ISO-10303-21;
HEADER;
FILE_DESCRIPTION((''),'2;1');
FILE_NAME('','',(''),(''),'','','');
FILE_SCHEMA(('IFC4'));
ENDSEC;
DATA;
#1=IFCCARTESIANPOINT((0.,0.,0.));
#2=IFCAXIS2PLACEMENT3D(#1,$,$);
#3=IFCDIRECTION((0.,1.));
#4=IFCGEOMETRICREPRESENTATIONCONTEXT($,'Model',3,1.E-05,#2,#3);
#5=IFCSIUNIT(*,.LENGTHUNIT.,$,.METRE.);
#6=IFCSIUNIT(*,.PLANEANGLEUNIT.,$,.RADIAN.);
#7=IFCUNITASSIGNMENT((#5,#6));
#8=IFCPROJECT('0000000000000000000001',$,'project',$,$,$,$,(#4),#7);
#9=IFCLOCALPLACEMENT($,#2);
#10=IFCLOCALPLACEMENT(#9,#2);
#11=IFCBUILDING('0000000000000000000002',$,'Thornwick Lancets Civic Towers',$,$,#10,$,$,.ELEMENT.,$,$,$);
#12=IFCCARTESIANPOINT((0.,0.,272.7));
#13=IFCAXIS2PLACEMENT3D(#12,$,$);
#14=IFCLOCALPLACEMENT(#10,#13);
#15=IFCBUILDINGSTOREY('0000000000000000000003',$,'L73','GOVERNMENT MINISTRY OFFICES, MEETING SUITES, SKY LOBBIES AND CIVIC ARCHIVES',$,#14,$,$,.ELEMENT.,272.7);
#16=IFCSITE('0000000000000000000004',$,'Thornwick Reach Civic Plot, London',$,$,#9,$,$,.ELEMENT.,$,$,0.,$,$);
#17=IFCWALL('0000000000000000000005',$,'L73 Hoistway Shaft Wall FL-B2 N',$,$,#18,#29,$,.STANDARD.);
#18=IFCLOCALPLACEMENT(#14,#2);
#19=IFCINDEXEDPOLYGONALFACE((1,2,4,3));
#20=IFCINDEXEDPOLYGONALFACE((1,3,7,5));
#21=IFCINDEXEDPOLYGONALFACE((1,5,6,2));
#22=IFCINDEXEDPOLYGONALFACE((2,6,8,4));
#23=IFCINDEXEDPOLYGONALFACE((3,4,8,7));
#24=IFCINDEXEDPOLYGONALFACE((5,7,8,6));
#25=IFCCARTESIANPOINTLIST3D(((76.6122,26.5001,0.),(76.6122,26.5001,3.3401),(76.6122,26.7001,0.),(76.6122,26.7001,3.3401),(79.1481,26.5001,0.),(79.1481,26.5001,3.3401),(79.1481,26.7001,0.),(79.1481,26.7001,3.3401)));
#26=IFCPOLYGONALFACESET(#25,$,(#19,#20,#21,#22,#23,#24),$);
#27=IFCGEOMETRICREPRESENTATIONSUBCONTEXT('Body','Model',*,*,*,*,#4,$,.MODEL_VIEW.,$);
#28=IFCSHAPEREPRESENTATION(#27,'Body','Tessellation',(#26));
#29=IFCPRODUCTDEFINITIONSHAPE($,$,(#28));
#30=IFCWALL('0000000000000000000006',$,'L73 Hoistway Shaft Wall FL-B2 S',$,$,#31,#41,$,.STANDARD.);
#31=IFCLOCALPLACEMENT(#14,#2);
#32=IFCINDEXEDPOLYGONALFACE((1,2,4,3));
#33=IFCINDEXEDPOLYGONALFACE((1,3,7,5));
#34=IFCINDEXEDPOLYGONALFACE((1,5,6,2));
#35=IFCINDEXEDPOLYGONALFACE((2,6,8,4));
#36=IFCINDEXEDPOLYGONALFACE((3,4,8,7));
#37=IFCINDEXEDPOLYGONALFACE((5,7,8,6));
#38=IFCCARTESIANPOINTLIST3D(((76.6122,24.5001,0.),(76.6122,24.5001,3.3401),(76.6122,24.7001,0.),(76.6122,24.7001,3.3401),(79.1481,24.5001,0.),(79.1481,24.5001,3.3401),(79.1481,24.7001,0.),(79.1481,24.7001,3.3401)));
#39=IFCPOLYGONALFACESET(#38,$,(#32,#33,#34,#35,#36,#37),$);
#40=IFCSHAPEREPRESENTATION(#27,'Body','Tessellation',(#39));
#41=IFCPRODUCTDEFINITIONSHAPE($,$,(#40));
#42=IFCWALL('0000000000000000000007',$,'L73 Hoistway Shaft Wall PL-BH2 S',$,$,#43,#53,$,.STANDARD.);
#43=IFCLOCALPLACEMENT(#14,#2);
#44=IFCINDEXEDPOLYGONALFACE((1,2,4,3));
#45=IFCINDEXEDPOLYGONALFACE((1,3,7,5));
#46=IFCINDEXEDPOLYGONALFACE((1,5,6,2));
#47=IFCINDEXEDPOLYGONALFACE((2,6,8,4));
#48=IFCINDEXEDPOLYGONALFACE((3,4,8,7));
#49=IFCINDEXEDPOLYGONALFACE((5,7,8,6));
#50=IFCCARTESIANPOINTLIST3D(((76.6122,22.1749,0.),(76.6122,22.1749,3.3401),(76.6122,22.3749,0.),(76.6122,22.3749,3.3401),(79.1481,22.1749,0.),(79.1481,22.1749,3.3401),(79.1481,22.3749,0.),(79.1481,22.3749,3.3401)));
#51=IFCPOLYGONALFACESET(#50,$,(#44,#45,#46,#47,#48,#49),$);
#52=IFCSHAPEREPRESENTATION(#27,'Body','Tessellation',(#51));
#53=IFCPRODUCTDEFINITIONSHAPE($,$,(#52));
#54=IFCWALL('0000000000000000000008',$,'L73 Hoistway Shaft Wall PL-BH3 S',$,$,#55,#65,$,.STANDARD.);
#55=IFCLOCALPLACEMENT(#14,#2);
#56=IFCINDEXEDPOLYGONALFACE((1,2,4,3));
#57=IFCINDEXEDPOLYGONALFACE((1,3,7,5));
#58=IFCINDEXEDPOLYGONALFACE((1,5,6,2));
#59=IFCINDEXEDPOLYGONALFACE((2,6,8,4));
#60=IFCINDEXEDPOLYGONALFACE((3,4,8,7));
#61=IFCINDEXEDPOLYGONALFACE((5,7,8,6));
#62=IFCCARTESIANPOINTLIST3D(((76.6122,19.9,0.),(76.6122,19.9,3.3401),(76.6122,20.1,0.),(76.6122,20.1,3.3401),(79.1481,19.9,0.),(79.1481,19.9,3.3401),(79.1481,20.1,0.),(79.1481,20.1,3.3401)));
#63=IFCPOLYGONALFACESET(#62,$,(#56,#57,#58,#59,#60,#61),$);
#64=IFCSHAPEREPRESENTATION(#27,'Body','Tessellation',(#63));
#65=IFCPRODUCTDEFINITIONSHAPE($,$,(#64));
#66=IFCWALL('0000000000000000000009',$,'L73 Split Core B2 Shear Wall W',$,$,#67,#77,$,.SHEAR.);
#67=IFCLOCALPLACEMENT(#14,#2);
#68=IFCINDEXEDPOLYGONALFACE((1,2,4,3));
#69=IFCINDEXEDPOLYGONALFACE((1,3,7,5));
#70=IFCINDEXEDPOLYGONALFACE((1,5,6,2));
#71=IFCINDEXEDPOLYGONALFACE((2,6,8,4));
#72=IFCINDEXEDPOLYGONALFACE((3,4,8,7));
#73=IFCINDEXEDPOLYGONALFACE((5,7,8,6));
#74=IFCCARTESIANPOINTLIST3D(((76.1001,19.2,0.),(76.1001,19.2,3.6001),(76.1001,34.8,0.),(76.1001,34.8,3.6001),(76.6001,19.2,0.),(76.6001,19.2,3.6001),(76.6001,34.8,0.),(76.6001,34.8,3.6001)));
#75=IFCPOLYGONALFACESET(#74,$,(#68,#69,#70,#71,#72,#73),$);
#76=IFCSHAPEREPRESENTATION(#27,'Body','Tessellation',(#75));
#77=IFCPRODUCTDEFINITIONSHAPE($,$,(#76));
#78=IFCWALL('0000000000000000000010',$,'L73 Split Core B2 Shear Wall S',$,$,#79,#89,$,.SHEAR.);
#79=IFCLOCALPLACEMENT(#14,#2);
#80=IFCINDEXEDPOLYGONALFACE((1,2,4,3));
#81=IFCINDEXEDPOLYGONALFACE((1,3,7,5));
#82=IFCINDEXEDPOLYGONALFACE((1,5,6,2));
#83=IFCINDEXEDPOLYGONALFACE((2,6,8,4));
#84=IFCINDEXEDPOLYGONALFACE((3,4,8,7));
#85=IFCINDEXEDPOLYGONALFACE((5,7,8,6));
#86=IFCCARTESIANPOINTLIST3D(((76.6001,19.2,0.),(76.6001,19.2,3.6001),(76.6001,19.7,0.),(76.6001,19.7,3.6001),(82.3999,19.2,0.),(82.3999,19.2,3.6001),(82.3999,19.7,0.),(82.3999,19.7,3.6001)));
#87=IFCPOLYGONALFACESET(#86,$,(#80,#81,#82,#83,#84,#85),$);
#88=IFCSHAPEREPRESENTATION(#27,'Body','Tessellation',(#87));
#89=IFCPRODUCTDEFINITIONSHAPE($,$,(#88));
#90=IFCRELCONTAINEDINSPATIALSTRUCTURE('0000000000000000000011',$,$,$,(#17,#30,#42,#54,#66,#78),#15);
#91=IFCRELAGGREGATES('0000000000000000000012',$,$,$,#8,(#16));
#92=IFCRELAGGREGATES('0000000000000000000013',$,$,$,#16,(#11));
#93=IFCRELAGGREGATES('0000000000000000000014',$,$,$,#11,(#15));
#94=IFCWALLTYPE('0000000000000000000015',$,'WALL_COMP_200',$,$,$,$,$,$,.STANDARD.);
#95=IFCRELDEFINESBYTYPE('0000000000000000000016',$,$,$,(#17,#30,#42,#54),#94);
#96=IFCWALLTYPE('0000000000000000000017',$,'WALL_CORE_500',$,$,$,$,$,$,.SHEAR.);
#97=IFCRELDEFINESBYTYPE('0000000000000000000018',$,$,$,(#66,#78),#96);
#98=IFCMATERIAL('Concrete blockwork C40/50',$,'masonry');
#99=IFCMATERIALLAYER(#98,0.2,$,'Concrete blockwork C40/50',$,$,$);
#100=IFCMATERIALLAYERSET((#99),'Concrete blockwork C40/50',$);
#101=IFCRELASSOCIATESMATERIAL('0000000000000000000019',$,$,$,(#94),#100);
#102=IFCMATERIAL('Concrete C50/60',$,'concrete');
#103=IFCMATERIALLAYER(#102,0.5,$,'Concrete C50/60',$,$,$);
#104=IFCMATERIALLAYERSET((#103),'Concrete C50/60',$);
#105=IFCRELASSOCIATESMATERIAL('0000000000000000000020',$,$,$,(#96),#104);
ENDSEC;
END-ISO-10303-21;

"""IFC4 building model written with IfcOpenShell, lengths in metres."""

from ifc_helpers import new_model, si_unit, direction, frame, frame_2d, origin, place, context, subcontext, project, spatial, rectangle, extrude, material, layer, layer_set, type_object, element, save


model = new_model("IFC4")

# Units and contexts
model_context = context("Model", 3, precision=1e-05, world=origin(), true_north=direction((0.0, 1.0)))
body_context = subcontext(model_context, "Body", "Model", "MODEL_VIEW")
ifc_project = project(units=[si_unit("LENGTHUNIT", "METRE"), si_unit("PLANEANGLEUNIT", "RADIAN")], contexts=[model_context])

# Site, building, storey
site_placement = place(None, origin())
site = spatial("IfcSite", under=ifc_project, at=site_placement, Name="Thornwick Reach Civic Plot, London", CompositionType="ELEMENT", RefElevation=0.0)
building_placement = place(site_placement, origin())
building = spatial("IfcBuilding", under=site, at=building_placement, Name="Thornwick Lancets Civic Towers", CompositionType="ELEMENT")
storey_placement = place(building_placement, frame((0.0, 0.0, 272.7)))
storey = spatial("IfcBuildingStorey", under=building, at=storey_placement, Name="L73", Description="GOVERNMENT MINISTRY OFFICES, MEETING SUITES, SKY LOBBIES AND CIVIC ARCHIVES", CompositionType="ELEMENT", Elevation=272.7)

# Shared definitions
ifc_material_1 = material(Name="Concrete C50/60", Category="concrete")

# Shared definitions
ifc_material_2 = material(Name="Concrete blockwork C40/50", Category="masonry")
ifc_layer_1 = layer(ifc_material_2, 0.2, Name="Concrete blockwork C40/50")
ifc_layer_set_1 = layer_set([ifc_layer_1], Name="Concrete blockwork C40/50")
wall_type_1 = type_object("IfcWallType", Name="WALL_COMP_200", PredefinedType="STANDARD", material=ifc_layer_set_1)

# Walls
for number, where, z_axis, x_axis, name in (
    (1, (76.6121, 26.6001, 0.0), (0.0, 0.0, 1.0), (1.0, 0.0, 0.0), "L73 Hoistway Shaft Wall FL-B2 N"),
    (2, (76.6121, 24.6001, 0.0), (0.0, 0.0, 1.0), (1.0, 0.0, 0.0), "L73 Hoistway Shaft Wall FL-B2 S"),
    (3, (76.6121, 22.2749, 0.0), (0.0, 0.0, 1.0), (1.0, 0.0, 0.0), "L73 Hoistway Shaft Wall PL-BH2 S"),
    (4, (76.6121, 20.0, 0.0), (0.0, 0.0, 1.0), (1.0, 0.0, 0.0), "L73 Hoistway Shaft Wall PL-BH3 S"),
):
    element("IfcWall", number, at=place(storey_placement, frame(where, z_axis=z_axis, x_axis=x_axis)), inside=storey, type_object=wall_type_1, Name=name, PredefinedType="STANDARD", context=body_context, shape_type="SweptSolid", body=[
        extrude(rectangle(XDim=2.5359, YDim=0.2, at=frame_2d((1.2681, 0.0))), origin(), (0.0, 0.0, 1.0), 3.3401),
    ])
ifc_layer_2 = layer(ifc_material_1, 0.5, Name="Concrete C50/60")
ifc_layer_set_2 = layer_set([ifc_layer_2], Name="Concrete C50/60")
wall_type_2 = type_object("IfcWallType", Name="WALL_CORE_500", PredefinedType="SHEAR", material=ifc_layer_set_2)
wall_1_placement = place(storey_placement, frame((76.3501, 19.2, 0.0), z_axis=(0.0, 0.0, 1.0), x_axis=(0.0, 1.0, 0.0)))
element("IfcWall", 5, at=wall_1_placement, inside=storey, type_object=wall_type_2, Name="L73 Split Core B2 Shear Wall W", PredefinedType="SHEAR", context=body_context, shape_type="SweptSolid", body=[
    extrude(rectangle(XDim=15.6001, YDim=0.5, at=frame_2d((7.8, 0.0))), origin(), (0.0, 0.0, 1.0), 3.6001),
])
wall_2_placement = place(storey_placement, frame((76.6001, 19.45, 0.0), z_axis=(0.0, 0.0, 1.0), x_axis=(1.0, 0.0, 0.0)))
element("IfcWall", 6, at=wall_2_placement, inside=storey, type_object=wall_type_2, Name="L73 Split Core B2 Shear Wall S", PredefinedType="SHEAR", context=body_context, shape_type="SweptSolid", body=[
    extrude(rectangle(XDim=5.7998, YDim=0.5, at=frame_2d((2.8999, 0.0))), origin(), (0.0, 0.0, 1.0), 3.6001),
])

save(model, "model.ifc")
